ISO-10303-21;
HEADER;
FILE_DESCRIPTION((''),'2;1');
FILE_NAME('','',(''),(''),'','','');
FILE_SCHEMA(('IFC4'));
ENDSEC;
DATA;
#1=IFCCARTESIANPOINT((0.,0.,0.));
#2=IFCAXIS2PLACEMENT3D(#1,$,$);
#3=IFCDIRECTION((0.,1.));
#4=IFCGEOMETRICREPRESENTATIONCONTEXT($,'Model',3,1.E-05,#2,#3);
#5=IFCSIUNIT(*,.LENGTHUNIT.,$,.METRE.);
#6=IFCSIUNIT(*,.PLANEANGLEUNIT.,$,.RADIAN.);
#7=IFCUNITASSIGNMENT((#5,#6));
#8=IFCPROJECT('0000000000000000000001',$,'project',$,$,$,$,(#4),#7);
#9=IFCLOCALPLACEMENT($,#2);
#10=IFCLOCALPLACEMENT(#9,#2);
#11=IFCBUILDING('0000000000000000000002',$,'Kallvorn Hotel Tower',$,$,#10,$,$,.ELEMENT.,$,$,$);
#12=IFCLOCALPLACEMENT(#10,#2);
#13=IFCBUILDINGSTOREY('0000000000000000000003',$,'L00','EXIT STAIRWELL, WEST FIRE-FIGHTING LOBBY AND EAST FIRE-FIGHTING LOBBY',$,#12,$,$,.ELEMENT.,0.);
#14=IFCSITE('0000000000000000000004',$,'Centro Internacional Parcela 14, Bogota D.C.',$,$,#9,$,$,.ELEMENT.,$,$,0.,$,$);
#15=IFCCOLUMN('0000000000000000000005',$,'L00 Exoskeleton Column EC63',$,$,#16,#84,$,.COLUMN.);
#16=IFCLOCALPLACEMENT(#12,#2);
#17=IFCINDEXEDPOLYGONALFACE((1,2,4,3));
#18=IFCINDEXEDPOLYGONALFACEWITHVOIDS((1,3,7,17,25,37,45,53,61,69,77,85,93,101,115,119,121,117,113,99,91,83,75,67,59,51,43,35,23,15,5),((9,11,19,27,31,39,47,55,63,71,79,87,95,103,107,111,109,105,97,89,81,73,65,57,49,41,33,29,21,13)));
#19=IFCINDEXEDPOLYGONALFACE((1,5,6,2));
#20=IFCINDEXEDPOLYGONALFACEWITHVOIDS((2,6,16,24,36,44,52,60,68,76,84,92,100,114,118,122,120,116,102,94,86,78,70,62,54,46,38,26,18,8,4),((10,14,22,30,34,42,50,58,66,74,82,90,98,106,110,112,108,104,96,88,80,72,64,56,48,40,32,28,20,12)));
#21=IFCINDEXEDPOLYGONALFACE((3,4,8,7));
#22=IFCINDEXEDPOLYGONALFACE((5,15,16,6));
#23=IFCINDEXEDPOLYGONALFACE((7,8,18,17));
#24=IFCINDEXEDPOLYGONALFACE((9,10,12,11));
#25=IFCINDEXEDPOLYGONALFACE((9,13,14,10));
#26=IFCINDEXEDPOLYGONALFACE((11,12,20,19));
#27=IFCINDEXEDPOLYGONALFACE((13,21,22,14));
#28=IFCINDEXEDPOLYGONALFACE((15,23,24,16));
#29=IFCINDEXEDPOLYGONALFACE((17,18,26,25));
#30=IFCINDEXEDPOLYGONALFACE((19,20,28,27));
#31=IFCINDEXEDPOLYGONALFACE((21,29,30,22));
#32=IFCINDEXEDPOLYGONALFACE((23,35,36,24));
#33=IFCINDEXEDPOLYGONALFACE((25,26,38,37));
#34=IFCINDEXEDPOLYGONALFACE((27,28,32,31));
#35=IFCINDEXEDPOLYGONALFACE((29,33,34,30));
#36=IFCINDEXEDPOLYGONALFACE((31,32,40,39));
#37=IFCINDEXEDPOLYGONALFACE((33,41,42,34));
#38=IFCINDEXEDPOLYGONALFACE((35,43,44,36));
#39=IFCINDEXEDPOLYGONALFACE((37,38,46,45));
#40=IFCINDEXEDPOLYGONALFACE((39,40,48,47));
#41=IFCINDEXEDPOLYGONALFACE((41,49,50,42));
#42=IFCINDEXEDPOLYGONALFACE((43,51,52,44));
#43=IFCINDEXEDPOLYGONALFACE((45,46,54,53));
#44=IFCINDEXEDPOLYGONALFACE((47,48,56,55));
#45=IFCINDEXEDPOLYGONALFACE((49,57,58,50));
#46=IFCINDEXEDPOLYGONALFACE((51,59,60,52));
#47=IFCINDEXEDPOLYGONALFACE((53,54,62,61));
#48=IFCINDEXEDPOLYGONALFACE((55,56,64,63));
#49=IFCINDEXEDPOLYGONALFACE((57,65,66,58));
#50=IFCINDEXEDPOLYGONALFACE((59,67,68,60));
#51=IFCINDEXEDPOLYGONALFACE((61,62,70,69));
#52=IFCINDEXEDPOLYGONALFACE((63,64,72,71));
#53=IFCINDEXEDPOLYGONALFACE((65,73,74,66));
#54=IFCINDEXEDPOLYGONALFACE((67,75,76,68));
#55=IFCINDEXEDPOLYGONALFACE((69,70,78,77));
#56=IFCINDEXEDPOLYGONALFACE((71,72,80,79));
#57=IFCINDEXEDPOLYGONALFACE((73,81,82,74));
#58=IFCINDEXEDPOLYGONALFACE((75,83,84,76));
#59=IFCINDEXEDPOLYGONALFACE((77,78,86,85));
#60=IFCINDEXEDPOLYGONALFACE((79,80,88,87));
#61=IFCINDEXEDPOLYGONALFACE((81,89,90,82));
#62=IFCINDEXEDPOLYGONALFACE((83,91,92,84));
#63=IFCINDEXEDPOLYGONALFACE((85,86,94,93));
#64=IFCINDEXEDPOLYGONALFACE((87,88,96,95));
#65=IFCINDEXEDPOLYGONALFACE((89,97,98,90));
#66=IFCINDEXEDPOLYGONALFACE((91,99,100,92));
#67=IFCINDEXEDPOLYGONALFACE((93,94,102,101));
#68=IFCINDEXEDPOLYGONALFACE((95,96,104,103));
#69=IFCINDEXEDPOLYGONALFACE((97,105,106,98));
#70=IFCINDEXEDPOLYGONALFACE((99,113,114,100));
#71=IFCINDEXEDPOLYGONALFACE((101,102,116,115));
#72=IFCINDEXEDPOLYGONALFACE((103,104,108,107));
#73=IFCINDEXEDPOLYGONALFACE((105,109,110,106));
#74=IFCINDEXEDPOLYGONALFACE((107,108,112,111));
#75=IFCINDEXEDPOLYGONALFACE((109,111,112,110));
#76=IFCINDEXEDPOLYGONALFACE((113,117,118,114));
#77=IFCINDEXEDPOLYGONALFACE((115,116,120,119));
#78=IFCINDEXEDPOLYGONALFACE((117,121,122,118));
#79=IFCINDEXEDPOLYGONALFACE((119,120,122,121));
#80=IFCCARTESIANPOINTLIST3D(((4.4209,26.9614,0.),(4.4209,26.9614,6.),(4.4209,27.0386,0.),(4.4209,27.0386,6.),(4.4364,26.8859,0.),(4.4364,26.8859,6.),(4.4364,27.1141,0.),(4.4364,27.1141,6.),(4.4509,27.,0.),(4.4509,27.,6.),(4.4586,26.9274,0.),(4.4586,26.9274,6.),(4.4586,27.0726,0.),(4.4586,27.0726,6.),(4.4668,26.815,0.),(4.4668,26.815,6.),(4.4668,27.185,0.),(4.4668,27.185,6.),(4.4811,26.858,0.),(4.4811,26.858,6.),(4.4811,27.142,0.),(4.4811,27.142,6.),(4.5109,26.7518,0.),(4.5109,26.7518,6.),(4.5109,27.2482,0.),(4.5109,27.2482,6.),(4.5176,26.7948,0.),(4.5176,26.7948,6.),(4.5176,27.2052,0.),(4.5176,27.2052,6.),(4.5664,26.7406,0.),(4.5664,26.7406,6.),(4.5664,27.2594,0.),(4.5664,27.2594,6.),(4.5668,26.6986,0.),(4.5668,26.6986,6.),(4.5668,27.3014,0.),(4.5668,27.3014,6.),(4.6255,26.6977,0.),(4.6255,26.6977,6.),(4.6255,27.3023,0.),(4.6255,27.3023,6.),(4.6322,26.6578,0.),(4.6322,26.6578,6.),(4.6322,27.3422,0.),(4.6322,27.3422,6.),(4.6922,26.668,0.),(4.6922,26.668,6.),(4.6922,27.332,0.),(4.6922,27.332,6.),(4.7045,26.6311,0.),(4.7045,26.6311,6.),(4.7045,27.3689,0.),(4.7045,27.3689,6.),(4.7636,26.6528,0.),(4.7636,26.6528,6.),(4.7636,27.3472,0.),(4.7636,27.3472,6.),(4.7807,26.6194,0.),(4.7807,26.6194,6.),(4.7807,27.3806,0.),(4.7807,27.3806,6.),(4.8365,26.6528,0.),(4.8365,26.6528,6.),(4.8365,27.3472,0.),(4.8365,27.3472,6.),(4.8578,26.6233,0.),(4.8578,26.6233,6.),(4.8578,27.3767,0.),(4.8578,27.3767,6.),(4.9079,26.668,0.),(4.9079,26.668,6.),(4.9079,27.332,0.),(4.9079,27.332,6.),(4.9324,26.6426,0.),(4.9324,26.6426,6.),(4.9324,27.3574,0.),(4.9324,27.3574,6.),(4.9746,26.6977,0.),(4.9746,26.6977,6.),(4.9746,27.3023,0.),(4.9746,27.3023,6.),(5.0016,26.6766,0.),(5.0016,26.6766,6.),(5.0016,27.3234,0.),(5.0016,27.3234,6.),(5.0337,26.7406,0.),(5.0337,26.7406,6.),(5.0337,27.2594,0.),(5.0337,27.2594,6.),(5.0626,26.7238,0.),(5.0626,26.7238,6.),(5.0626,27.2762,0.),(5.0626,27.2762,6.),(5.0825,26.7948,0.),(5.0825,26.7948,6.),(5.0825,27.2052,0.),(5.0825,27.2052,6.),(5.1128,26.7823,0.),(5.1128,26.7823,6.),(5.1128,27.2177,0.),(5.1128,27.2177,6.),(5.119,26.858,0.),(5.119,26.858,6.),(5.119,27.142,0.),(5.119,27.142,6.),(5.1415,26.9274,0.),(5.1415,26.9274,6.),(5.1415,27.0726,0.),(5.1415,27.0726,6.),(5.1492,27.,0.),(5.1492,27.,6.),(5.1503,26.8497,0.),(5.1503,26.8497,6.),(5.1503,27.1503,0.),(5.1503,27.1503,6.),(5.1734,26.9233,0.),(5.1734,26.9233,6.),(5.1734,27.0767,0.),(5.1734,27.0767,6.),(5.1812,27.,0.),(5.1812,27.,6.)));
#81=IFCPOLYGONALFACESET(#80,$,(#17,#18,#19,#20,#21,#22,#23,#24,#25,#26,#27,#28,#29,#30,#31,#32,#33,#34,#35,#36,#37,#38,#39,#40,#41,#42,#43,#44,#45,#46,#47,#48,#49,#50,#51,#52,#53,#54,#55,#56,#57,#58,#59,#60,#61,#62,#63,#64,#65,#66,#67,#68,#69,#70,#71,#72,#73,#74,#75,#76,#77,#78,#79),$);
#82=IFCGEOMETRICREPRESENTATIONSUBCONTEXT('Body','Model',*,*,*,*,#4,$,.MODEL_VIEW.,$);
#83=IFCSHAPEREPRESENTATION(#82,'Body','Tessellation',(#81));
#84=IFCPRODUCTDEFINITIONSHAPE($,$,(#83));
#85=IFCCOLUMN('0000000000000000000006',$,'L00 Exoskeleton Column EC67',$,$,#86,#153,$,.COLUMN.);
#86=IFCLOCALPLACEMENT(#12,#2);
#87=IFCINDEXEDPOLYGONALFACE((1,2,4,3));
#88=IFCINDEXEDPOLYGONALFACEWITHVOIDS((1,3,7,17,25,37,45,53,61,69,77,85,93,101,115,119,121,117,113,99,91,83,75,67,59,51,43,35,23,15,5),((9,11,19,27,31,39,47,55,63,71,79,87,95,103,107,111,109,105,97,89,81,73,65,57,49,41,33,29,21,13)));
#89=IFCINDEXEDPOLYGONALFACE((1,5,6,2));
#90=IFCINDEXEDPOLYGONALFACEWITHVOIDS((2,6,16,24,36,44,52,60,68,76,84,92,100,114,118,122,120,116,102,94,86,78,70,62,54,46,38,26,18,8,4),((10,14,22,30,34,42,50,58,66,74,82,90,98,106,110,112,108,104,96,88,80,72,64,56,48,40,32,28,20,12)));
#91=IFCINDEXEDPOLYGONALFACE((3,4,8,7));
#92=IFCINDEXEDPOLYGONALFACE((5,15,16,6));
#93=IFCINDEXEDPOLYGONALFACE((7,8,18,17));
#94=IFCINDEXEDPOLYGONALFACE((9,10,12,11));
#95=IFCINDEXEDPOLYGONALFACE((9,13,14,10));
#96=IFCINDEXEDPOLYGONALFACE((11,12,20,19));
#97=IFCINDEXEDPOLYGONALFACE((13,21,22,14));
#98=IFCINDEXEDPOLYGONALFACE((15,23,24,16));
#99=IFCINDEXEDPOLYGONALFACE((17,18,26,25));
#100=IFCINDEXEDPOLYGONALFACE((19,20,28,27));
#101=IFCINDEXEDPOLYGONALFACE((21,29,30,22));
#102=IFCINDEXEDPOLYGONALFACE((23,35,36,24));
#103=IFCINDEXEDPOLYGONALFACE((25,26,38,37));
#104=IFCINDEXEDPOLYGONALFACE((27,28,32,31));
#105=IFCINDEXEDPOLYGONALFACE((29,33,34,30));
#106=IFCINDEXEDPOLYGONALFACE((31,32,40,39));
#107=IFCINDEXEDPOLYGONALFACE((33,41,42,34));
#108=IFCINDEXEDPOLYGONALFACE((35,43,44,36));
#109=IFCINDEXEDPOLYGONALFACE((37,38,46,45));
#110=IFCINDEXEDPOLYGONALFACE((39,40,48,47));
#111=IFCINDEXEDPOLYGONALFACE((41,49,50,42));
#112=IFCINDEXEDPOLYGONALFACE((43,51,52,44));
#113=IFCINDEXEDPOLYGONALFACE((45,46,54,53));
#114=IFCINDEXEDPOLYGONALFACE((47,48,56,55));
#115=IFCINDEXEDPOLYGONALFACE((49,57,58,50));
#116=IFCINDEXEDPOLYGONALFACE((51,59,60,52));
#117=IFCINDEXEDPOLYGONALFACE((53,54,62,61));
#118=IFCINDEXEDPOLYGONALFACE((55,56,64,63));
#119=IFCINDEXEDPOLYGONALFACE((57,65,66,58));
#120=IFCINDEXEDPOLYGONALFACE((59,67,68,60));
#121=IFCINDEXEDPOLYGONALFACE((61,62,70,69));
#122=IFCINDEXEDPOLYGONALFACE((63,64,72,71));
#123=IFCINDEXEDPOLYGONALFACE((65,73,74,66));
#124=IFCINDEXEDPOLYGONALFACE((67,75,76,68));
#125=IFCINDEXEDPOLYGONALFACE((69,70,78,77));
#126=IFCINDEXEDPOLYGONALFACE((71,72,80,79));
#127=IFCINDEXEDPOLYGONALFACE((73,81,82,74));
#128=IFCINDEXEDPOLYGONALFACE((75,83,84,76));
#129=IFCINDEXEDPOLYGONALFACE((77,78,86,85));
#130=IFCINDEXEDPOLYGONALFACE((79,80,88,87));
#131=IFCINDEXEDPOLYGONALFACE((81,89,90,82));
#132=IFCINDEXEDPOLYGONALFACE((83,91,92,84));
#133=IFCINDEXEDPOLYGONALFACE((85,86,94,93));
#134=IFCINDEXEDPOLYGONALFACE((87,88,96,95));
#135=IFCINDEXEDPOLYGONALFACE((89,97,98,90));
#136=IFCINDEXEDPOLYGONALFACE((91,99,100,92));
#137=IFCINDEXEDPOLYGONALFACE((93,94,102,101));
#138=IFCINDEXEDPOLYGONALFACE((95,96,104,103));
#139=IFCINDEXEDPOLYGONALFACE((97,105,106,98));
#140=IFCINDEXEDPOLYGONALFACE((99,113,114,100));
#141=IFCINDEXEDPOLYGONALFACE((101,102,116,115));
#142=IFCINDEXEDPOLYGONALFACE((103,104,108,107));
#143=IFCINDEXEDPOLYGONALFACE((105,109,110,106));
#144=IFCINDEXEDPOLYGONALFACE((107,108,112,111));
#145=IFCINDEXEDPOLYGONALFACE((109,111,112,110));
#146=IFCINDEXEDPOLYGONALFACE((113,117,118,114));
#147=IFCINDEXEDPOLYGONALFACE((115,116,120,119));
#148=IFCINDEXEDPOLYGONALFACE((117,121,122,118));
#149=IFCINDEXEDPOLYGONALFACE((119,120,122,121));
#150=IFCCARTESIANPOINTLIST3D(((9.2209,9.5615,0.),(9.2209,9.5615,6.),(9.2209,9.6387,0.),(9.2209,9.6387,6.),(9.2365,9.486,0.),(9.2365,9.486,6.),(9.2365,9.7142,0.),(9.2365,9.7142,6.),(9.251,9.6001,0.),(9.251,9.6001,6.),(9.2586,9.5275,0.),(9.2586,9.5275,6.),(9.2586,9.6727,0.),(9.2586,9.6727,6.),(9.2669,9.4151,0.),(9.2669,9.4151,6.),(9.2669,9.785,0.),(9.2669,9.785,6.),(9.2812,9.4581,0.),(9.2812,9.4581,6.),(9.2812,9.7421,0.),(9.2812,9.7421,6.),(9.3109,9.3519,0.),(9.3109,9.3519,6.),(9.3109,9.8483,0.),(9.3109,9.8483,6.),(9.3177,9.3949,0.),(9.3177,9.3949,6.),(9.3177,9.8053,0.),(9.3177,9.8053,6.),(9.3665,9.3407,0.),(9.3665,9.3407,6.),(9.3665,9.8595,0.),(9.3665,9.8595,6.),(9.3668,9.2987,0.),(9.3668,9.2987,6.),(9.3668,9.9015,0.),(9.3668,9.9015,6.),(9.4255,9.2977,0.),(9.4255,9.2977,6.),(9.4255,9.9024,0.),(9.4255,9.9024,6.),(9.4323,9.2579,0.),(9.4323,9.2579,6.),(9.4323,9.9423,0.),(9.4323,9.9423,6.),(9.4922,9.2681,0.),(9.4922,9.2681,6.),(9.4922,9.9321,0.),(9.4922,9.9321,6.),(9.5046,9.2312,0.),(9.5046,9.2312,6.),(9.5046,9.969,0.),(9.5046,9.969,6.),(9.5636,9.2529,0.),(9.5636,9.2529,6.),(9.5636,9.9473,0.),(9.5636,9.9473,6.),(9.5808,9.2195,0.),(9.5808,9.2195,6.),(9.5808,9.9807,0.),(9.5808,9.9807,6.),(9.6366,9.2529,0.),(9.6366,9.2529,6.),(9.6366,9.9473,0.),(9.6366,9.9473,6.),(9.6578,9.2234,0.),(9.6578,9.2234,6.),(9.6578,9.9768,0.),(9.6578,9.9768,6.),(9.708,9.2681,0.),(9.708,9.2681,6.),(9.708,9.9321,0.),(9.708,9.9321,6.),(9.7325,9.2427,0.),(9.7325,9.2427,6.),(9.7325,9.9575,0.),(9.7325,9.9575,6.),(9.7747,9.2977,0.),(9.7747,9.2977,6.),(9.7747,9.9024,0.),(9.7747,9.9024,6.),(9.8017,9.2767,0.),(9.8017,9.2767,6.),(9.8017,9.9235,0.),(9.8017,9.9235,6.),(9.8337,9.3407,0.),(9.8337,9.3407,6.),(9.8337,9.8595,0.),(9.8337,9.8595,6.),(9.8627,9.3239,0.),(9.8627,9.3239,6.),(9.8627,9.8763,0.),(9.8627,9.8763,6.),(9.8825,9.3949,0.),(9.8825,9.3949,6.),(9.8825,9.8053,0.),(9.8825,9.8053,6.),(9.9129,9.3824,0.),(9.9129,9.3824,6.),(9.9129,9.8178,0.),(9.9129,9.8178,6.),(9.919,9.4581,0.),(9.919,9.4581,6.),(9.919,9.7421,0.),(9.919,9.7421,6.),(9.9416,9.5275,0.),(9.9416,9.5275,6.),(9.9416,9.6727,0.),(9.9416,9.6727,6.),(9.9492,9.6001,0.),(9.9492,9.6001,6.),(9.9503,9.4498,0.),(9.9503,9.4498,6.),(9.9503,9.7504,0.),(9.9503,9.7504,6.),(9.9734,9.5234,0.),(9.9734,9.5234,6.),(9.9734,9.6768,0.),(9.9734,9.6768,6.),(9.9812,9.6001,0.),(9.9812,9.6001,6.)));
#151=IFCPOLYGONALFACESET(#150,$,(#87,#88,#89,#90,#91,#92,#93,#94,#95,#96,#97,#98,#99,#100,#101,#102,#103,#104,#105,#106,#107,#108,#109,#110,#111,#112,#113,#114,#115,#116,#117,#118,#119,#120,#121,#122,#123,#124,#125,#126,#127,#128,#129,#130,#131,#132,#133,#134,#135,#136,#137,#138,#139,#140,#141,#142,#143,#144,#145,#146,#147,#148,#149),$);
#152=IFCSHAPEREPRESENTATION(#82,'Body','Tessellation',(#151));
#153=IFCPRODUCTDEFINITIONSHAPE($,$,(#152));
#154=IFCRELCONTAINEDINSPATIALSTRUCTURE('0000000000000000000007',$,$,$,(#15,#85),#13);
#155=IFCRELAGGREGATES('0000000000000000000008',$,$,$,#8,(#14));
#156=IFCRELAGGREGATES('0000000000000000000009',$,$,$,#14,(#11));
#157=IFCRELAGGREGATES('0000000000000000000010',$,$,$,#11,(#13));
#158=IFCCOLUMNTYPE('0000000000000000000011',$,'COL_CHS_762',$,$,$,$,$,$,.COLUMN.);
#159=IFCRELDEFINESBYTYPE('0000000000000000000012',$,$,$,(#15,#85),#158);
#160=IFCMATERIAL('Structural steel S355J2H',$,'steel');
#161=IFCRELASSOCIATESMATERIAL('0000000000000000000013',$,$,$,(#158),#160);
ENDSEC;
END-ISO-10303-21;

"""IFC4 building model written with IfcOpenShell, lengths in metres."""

from ifc_helpers import new_model, si_unit, direction, frame, origin, origin_2d, place, context, subcontext, project, spatial, hollow_circle, extrude, material, material_profile, profile_set, type_object, element, save


model = new_model("IFC4")

# Units and contexts
model_context = context("Model", 3, precision=1e-05, world=origin(), true_north=direction((0.0, 1.0)))
body_context = subcontext(model_context, "Body", "Model", "MODEL_VIEW")
ifc_project = project(units=[si_unit("LENGTHUNIT", "METRE"), si_unit("PLANEANGLEUNIT", "RADIAN")], contexts=[model_context])

# Site, building, storey
site_placement = place(None, origin())
site = spatial("IfcSite", under=ifc_project, at=site_placement, Name="Centro Internacional Parcela 14, Bogota D.C.", CompositionType="ELEMENT", RefElevation=0.0)
building_placement = place(site_placement, origin())
building = spatial("IfcBuilding", under=site, at=building_placement, Name="Kallvorn Hotel Tower", CompositionType="ELEMENT")
storey_placement = place(building_placement, origin())
storey = spatial("IfcBuildingStorey", under=building, at=storey_placement, Name="L00", Description="EXIT STAIRWELL, WEST FIRE-FIGHTING LOBBY AND EAST FIRE-FIGHTING LOBBY", CompositionType="ELEMENT", Elevation=0.0)

# Columns
ifc_material_1 = material(Name="Structural steel S355J2H", Category="steel")
ifc_material_profile_1 = material_profile(ifc_material_1, hollow_circle(Radius=0.3811, WallThickness=0.032, at=origin_2d()), Name="CHS 762x32")
ifc_profile_set_1 = profile_set([ifc_material_profile_1], Name="Structural steel S355J2H")
column_type_1 = type_object("IfcColumnType", Name="COL_CHS_762", PredefinedType="COLUMN", material=ifc_profile_set_1)
for number, where, z_axis, x_axis, name in (
    (1, (4.8, 27.0, 0.0), (0.0, 0.0, 1.0), (1.0, 0.0, 0.0), "L00 Exoskeleton Column EC63"),
    (2, (9.6001, 9.6001, 0.0), (0.0, 0.0, 1.0), (1.0, 0.0, 0.0), "L00 Exoskeleton Column EC67"),
):
    element("IfcColumn", number, at=place(storey_placement, frame(where, z_axis=z_axis, x_axis=x_axis)), inside=storey, type_object=column_type_1, Name=name, PredefinedType="COLUMN", context=body_context, shape_type="SweptSolid", body=[
        extrude(hollow_circle(Radius=0.3811, WallThickness=0.032, at=origin_2d()), origin(), (0.0, 0.0, 1.0), 6.0),
    ])

save(model, "model.ifc")
